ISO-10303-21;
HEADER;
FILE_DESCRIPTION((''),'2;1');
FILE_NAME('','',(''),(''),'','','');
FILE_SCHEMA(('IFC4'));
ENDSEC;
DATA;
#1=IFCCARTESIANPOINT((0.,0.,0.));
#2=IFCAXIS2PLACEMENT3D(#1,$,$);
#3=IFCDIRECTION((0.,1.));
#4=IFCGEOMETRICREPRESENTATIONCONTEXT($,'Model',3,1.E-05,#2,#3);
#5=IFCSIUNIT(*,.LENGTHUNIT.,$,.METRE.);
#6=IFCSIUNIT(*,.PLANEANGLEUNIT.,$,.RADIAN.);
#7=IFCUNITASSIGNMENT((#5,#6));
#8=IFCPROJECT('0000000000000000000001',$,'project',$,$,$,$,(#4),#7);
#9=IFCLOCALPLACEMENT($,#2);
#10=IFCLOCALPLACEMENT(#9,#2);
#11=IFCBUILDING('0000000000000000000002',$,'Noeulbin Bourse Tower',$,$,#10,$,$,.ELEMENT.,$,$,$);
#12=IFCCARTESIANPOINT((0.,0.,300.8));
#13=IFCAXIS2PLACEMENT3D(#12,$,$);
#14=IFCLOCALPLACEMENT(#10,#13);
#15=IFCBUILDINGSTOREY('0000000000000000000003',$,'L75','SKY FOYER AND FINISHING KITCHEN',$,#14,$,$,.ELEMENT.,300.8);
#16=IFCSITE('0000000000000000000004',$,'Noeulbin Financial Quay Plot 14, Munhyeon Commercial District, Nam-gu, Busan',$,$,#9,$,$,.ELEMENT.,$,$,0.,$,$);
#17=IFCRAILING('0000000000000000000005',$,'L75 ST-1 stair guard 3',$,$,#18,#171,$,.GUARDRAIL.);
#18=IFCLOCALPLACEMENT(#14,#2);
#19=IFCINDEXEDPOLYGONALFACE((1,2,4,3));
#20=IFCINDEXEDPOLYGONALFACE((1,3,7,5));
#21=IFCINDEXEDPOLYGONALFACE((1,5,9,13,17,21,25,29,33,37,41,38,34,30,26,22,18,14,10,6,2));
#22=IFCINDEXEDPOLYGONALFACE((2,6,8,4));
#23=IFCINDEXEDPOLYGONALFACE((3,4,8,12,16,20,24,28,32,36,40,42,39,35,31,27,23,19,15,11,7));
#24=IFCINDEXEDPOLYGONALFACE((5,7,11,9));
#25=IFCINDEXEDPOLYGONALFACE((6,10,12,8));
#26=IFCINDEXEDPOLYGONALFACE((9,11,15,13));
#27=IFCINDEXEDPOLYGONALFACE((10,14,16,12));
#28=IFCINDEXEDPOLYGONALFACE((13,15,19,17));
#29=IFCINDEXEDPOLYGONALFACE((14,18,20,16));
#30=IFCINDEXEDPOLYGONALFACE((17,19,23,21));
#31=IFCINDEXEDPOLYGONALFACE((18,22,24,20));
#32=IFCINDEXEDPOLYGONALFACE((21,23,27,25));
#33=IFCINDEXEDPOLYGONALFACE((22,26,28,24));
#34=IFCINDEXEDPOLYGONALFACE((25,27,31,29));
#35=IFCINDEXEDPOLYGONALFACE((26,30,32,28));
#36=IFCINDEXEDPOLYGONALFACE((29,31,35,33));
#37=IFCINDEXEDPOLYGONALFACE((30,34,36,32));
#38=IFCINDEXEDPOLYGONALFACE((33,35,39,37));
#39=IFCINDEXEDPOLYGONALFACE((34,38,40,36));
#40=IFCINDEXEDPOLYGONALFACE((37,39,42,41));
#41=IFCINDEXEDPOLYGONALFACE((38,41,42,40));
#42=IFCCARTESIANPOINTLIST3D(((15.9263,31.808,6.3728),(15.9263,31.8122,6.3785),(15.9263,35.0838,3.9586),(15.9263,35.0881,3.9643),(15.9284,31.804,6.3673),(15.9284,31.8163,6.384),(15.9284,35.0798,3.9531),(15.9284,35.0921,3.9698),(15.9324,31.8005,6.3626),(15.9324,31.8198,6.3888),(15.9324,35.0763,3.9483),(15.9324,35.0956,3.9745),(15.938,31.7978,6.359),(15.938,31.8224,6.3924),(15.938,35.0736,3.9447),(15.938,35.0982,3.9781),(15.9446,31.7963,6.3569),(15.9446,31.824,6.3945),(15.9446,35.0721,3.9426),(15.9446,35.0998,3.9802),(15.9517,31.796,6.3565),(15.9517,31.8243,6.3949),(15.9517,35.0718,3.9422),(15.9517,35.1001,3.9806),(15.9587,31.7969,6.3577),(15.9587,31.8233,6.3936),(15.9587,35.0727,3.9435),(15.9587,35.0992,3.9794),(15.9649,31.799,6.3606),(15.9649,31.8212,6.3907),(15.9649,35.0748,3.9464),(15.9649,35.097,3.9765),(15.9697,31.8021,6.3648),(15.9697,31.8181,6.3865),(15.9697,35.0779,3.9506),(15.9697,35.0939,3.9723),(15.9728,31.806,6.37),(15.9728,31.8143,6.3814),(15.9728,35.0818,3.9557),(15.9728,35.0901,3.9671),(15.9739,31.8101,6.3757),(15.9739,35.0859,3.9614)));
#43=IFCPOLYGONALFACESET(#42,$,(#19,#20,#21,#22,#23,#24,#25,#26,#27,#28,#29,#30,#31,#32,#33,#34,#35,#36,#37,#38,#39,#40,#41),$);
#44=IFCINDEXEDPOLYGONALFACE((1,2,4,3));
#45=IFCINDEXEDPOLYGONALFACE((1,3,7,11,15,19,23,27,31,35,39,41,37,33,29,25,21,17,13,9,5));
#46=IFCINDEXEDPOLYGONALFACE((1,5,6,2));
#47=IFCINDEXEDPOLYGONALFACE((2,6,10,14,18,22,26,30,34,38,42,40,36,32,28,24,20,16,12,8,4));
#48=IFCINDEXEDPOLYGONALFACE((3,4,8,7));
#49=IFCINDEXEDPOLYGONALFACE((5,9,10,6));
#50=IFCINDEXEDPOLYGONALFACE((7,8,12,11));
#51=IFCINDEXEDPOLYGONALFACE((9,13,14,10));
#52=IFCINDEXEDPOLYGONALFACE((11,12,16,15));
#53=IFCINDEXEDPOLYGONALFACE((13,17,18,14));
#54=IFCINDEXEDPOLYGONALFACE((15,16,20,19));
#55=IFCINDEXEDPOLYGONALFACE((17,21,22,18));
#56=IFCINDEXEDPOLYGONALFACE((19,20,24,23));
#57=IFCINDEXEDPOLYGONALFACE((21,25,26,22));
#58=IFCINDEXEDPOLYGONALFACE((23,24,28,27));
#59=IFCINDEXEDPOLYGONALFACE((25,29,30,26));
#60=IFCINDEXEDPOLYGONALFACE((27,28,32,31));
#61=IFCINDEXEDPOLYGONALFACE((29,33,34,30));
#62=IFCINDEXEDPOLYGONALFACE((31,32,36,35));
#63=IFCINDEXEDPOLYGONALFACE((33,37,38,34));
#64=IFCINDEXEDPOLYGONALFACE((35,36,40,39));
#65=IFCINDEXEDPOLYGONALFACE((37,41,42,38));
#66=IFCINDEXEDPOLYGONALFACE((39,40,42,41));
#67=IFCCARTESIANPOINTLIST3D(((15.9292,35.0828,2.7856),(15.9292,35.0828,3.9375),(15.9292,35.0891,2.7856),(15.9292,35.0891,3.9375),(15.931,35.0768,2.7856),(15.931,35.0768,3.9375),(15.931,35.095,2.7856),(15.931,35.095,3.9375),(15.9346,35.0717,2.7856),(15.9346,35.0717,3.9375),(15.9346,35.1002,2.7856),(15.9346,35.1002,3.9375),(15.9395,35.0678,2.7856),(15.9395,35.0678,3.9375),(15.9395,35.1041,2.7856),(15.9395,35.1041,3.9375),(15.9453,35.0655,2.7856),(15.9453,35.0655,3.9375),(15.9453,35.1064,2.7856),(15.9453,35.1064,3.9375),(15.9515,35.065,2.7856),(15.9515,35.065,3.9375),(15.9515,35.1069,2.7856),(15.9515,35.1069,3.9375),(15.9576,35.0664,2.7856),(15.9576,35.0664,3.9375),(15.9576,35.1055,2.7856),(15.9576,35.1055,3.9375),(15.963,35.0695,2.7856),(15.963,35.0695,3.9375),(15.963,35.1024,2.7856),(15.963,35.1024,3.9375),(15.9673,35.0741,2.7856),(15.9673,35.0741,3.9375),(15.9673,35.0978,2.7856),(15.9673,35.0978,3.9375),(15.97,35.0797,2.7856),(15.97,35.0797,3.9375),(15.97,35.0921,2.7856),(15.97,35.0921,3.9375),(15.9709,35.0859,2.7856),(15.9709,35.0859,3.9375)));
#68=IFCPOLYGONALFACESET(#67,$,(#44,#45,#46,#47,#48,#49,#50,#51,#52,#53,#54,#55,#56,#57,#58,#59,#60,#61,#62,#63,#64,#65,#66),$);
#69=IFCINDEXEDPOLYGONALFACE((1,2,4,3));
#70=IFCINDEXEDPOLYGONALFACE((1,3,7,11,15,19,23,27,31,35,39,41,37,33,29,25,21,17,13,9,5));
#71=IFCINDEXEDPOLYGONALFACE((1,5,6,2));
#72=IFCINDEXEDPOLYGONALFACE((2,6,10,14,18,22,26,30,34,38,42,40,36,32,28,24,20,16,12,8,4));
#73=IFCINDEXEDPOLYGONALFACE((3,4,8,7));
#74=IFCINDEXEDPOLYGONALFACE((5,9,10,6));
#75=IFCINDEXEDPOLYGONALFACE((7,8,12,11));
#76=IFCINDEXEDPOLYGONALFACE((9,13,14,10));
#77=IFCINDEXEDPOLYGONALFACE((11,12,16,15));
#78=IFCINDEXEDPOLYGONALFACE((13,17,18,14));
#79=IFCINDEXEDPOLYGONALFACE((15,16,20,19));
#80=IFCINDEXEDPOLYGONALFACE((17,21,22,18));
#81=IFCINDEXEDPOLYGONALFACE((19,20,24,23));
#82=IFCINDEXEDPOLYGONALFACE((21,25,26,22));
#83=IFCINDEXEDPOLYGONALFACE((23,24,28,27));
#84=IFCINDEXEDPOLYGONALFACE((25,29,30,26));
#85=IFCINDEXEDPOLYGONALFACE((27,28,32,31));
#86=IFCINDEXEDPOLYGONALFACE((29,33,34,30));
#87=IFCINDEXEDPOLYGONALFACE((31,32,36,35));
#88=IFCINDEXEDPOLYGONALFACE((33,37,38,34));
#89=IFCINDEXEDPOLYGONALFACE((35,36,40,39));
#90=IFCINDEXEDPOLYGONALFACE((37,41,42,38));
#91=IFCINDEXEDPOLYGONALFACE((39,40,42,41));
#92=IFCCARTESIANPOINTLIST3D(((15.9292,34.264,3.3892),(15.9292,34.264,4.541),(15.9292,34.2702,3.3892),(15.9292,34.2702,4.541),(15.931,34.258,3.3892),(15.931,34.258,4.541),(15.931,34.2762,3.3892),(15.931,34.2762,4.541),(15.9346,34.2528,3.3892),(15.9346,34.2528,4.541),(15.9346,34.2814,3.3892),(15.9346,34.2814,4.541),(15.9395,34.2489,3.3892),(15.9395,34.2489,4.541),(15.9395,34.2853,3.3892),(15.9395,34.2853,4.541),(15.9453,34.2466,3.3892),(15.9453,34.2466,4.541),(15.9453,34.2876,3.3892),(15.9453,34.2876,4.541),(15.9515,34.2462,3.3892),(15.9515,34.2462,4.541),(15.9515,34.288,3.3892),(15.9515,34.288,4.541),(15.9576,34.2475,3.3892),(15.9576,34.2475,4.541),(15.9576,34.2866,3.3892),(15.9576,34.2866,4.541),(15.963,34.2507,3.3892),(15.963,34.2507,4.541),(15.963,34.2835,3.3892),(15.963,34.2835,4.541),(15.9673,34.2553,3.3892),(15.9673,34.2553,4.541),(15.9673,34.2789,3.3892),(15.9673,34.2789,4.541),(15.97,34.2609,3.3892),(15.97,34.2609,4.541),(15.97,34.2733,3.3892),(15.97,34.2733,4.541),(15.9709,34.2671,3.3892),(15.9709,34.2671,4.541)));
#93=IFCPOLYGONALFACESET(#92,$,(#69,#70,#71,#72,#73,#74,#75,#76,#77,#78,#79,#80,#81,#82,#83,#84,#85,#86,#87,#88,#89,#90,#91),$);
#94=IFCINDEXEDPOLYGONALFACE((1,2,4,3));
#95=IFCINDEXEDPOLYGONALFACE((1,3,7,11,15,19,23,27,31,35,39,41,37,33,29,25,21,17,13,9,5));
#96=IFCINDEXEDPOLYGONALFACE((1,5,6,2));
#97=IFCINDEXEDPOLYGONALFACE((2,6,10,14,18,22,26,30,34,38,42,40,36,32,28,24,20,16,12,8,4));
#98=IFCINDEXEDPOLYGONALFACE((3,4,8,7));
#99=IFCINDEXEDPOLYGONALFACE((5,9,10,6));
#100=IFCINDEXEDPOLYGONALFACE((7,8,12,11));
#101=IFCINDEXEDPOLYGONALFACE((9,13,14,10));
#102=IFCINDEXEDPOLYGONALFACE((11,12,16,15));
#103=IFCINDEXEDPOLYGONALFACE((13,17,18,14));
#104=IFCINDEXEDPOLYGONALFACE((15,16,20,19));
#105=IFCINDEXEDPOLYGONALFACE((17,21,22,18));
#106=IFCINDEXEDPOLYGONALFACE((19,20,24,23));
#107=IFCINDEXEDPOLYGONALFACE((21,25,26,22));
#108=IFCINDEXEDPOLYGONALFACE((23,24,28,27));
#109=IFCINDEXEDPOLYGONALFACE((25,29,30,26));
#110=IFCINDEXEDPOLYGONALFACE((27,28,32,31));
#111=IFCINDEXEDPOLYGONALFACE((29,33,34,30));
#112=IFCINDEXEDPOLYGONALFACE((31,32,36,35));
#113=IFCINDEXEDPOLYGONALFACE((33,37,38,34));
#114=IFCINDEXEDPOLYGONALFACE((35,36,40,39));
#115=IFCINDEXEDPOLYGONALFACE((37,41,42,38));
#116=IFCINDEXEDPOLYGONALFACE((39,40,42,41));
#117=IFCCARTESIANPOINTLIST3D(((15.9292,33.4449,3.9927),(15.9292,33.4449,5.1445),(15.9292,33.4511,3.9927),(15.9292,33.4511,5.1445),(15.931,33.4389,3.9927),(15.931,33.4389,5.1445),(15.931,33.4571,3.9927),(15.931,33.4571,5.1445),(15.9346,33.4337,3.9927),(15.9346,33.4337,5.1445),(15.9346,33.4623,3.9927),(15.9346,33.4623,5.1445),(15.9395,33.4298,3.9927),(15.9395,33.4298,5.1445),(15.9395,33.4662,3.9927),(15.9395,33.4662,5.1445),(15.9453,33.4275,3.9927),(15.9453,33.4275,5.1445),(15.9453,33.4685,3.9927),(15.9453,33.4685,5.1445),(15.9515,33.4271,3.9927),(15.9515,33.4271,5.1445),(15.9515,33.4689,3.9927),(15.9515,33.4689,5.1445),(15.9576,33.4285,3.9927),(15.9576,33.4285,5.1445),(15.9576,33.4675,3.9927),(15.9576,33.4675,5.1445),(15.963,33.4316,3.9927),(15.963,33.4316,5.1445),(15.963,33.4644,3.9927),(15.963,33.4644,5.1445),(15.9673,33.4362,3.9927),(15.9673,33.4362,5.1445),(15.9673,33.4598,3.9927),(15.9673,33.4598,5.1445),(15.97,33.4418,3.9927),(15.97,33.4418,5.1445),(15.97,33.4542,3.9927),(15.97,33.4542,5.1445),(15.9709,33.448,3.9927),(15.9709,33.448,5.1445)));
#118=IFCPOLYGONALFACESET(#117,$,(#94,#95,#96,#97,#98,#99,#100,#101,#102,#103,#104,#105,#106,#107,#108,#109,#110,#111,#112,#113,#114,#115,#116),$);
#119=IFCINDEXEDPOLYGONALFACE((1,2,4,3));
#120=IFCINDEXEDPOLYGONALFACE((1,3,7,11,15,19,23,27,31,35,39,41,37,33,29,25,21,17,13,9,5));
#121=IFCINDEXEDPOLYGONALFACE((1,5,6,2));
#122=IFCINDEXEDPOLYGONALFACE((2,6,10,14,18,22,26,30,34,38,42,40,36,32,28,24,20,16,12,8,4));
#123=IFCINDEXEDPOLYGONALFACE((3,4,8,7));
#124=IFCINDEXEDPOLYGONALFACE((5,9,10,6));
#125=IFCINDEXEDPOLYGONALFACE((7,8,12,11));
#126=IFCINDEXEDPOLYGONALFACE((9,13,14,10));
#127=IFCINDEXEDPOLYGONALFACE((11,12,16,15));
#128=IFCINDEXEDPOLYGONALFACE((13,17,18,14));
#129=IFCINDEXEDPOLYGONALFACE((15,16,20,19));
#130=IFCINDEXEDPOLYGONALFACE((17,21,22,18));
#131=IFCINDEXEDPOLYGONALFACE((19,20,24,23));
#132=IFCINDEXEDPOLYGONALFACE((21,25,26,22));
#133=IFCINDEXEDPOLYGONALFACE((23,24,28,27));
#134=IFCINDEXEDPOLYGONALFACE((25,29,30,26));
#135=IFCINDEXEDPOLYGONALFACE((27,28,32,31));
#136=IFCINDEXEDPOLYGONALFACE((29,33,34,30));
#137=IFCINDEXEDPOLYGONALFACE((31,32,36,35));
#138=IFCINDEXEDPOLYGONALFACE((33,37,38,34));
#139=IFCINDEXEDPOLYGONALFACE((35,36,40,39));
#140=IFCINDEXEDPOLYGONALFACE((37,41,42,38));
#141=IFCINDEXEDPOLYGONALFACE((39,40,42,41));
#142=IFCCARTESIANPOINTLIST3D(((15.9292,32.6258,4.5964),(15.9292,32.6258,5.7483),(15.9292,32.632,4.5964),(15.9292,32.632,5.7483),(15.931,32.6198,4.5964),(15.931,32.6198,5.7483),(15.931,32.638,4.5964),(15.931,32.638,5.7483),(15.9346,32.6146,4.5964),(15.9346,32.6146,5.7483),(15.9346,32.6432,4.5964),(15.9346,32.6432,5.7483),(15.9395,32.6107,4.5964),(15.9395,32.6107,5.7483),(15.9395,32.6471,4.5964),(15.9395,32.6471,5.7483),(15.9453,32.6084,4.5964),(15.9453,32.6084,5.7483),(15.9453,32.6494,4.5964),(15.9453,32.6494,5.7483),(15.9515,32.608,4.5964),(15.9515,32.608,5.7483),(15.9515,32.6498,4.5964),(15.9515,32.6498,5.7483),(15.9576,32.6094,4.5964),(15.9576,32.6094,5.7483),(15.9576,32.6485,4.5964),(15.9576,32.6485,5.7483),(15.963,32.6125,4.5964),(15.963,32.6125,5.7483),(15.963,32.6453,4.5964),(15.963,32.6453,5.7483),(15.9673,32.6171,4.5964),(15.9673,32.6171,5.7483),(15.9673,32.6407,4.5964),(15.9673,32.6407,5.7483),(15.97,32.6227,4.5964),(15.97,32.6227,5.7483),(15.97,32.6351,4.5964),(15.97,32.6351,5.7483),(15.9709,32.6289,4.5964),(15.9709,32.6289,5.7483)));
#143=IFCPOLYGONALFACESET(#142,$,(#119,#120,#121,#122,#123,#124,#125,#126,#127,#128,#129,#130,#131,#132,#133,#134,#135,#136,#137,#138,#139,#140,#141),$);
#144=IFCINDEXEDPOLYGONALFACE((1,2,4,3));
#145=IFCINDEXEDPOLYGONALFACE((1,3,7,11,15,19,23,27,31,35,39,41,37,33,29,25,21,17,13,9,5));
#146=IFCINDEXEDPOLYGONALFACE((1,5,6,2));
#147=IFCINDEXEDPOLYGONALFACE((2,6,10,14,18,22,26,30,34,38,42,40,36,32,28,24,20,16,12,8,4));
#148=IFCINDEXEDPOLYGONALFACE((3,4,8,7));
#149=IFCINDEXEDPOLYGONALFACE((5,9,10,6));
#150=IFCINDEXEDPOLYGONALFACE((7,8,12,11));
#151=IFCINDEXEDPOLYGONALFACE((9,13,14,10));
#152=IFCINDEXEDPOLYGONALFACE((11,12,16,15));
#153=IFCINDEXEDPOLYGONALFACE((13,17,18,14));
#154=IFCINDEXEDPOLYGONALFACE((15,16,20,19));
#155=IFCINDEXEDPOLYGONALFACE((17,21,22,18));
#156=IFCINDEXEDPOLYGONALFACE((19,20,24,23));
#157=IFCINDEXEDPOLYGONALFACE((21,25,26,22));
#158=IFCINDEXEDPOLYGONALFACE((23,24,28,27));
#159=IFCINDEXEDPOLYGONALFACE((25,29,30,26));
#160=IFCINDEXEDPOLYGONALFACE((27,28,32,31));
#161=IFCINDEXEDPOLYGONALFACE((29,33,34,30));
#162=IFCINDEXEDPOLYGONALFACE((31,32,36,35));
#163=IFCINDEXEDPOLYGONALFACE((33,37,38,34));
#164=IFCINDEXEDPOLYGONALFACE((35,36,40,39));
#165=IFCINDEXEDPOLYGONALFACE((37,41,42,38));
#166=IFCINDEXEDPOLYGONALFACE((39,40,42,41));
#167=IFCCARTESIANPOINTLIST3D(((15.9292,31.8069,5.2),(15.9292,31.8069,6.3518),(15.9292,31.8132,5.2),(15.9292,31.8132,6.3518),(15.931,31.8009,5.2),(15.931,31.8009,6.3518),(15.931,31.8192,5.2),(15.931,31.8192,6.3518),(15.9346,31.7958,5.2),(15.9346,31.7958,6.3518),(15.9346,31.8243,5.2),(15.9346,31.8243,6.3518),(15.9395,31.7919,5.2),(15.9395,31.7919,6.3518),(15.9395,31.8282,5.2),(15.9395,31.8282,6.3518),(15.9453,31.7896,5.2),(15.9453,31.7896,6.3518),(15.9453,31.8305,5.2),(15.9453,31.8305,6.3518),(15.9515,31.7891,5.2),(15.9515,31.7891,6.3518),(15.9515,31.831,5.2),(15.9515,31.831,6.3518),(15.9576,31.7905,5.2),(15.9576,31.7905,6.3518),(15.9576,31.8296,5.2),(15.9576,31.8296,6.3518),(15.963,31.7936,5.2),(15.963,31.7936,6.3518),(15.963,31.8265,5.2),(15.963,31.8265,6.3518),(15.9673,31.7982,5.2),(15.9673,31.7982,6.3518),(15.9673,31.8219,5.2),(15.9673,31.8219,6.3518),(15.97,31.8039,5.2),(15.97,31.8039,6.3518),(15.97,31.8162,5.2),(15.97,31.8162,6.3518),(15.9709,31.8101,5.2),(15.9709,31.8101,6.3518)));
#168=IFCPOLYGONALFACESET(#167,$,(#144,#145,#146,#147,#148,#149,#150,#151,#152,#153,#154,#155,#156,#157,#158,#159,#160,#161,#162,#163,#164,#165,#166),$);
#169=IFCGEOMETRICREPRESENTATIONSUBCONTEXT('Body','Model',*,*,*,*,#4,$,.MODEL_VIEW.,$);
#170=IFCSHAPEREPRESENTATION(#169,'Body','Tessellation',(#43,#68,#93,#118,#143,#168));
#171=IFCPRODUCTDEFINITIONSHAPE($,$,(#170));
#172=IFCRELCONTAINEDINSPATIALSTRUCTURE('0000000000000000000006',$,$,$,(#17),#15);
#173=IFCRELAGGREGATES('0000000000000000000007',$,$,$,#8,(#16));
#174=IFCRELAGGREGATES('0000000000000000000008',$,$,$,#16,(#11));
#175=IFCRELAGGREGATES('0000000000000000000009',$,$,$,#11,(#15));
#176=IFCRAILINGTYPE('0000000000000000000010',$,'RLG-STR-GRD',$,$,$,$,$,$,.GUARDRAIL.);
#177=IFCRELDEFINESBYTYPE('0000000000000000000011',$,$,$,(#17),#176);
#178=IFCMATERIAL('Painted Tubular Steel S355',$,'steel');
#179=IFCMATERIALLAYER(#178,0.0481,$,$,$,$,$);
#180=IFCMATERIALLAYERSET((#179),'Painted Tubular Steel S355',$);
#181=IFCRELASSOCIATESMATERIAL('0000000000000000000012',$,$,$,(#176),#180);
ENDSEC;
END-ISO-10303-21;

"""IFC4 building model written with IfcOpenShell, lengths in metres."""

from ifc_helpers import new_model, si_unit, direction, frame, origin, origin_2d, place, context, subcontext, project, spatial, circle, extrude, material, layer, layer_set, type_object, element, save


model = new_model("IFC4")

# Units and contexts
model_context = context("Model", 3, precision=1e-05, world=origin(), true_north=direction((0.0, 1.0)))
body_context = subcontext(model_context, "Body", "Model", "MODEL_VIEW")
ifc_project = project(units=[si_unit("LENGTHUNIT", "METRE"), si_unit("PLANEANGLEUNIT", "RADIAN")], contexts=[model_context])

# Site, building, storey
site_placement = place(None, origin())
site = spatial("IfcSite", under=ifc_project, at=site_placement, Name="Noeulbin Financial Quay Plot 14, Munhyeon Commercial District, Nam-gu, Busan", CompositionType="ELEMENT", RefElevation=0.0)
building_placement = place(site_placement, origin())
building = spatial("IfcBuilding", under=site, at=building_placement, Name="Noeulbin Bourse Tower", CompositionType="ELEMENT")
storey_placement = place(building_placement, frame((0.0, 0.0, 300.8)))
storey = spatial("IfcBuildingStorey", under=building, at=storey_placement, Name="L75", Description="SKY FOYER AND FINISHING KITCHEN", CompositionType="ELEMENT", Elevation=300.8)

# Railing
ifc_material_1 = material(Name="Painted Tubular Steel S355", Category="steel")
ifc_layer_1 = layer(ifc_material_1, 0.0481)
ifc_layer_set_1 = layer_set([ifc_layer_1], Name="Painted Tubular Steel S355")
railing_type_1 = type_object("IfcRailingType", Name="RLG-STR-GRD", PredefinedType="GUARDRAIL", material=ifc_layer_set_1)
railing_1_placement = place(storey_placement, frame((15.95, 35.0859, 2.7856)))
element("IfcRailing", 1, at=railing_1_placement, inside=storey, type_object=railing_type_1, Name="L75 ST-1 stair guard 3", PredefinedType="GUARDRAIL", context=body_context, shape_type="SweptSolid", body=[
    extrude(circle(Radius=0.0239, at=origin_2d()), frame((0.0, 0.0, 1.1758), z_axis=(0.0, -0.804997, 0.593279), x_axis=(1.0, 0.0, 0.0)), (0.0, 0.0, 1.0), 4.0693),
    extrude(circle(Radius=0.021, at=origin_2d()), origin(), (0.0, 0.0, 1.0), 1.1519),
    extrude(circle(Radius=0.021, at=origin_2d()), frame((0.0, -0.8188, 0.6035)), (0.0, 0.0, 1.0), 1.1519),
    extrude(circle(Radius=0.021, at=origin_2d()), frame((0.0, -1.6379, 1.207)), (0.0, 0.0, 1.0), 1.1519),
    extrude(circle(Radius=0.021, at=origin_2d()), frame((0.0, -2.457, 1.8108)), (0.0, 0.0, 1.0), 1.1519),
    extrude(circle(Radius=0.021, at=origin_2d()), frame((0.0, -3.2759, 2.4143)), (0.0, 0.0, 1.0), 1.1519),
])

save(model, "model.ifc")
